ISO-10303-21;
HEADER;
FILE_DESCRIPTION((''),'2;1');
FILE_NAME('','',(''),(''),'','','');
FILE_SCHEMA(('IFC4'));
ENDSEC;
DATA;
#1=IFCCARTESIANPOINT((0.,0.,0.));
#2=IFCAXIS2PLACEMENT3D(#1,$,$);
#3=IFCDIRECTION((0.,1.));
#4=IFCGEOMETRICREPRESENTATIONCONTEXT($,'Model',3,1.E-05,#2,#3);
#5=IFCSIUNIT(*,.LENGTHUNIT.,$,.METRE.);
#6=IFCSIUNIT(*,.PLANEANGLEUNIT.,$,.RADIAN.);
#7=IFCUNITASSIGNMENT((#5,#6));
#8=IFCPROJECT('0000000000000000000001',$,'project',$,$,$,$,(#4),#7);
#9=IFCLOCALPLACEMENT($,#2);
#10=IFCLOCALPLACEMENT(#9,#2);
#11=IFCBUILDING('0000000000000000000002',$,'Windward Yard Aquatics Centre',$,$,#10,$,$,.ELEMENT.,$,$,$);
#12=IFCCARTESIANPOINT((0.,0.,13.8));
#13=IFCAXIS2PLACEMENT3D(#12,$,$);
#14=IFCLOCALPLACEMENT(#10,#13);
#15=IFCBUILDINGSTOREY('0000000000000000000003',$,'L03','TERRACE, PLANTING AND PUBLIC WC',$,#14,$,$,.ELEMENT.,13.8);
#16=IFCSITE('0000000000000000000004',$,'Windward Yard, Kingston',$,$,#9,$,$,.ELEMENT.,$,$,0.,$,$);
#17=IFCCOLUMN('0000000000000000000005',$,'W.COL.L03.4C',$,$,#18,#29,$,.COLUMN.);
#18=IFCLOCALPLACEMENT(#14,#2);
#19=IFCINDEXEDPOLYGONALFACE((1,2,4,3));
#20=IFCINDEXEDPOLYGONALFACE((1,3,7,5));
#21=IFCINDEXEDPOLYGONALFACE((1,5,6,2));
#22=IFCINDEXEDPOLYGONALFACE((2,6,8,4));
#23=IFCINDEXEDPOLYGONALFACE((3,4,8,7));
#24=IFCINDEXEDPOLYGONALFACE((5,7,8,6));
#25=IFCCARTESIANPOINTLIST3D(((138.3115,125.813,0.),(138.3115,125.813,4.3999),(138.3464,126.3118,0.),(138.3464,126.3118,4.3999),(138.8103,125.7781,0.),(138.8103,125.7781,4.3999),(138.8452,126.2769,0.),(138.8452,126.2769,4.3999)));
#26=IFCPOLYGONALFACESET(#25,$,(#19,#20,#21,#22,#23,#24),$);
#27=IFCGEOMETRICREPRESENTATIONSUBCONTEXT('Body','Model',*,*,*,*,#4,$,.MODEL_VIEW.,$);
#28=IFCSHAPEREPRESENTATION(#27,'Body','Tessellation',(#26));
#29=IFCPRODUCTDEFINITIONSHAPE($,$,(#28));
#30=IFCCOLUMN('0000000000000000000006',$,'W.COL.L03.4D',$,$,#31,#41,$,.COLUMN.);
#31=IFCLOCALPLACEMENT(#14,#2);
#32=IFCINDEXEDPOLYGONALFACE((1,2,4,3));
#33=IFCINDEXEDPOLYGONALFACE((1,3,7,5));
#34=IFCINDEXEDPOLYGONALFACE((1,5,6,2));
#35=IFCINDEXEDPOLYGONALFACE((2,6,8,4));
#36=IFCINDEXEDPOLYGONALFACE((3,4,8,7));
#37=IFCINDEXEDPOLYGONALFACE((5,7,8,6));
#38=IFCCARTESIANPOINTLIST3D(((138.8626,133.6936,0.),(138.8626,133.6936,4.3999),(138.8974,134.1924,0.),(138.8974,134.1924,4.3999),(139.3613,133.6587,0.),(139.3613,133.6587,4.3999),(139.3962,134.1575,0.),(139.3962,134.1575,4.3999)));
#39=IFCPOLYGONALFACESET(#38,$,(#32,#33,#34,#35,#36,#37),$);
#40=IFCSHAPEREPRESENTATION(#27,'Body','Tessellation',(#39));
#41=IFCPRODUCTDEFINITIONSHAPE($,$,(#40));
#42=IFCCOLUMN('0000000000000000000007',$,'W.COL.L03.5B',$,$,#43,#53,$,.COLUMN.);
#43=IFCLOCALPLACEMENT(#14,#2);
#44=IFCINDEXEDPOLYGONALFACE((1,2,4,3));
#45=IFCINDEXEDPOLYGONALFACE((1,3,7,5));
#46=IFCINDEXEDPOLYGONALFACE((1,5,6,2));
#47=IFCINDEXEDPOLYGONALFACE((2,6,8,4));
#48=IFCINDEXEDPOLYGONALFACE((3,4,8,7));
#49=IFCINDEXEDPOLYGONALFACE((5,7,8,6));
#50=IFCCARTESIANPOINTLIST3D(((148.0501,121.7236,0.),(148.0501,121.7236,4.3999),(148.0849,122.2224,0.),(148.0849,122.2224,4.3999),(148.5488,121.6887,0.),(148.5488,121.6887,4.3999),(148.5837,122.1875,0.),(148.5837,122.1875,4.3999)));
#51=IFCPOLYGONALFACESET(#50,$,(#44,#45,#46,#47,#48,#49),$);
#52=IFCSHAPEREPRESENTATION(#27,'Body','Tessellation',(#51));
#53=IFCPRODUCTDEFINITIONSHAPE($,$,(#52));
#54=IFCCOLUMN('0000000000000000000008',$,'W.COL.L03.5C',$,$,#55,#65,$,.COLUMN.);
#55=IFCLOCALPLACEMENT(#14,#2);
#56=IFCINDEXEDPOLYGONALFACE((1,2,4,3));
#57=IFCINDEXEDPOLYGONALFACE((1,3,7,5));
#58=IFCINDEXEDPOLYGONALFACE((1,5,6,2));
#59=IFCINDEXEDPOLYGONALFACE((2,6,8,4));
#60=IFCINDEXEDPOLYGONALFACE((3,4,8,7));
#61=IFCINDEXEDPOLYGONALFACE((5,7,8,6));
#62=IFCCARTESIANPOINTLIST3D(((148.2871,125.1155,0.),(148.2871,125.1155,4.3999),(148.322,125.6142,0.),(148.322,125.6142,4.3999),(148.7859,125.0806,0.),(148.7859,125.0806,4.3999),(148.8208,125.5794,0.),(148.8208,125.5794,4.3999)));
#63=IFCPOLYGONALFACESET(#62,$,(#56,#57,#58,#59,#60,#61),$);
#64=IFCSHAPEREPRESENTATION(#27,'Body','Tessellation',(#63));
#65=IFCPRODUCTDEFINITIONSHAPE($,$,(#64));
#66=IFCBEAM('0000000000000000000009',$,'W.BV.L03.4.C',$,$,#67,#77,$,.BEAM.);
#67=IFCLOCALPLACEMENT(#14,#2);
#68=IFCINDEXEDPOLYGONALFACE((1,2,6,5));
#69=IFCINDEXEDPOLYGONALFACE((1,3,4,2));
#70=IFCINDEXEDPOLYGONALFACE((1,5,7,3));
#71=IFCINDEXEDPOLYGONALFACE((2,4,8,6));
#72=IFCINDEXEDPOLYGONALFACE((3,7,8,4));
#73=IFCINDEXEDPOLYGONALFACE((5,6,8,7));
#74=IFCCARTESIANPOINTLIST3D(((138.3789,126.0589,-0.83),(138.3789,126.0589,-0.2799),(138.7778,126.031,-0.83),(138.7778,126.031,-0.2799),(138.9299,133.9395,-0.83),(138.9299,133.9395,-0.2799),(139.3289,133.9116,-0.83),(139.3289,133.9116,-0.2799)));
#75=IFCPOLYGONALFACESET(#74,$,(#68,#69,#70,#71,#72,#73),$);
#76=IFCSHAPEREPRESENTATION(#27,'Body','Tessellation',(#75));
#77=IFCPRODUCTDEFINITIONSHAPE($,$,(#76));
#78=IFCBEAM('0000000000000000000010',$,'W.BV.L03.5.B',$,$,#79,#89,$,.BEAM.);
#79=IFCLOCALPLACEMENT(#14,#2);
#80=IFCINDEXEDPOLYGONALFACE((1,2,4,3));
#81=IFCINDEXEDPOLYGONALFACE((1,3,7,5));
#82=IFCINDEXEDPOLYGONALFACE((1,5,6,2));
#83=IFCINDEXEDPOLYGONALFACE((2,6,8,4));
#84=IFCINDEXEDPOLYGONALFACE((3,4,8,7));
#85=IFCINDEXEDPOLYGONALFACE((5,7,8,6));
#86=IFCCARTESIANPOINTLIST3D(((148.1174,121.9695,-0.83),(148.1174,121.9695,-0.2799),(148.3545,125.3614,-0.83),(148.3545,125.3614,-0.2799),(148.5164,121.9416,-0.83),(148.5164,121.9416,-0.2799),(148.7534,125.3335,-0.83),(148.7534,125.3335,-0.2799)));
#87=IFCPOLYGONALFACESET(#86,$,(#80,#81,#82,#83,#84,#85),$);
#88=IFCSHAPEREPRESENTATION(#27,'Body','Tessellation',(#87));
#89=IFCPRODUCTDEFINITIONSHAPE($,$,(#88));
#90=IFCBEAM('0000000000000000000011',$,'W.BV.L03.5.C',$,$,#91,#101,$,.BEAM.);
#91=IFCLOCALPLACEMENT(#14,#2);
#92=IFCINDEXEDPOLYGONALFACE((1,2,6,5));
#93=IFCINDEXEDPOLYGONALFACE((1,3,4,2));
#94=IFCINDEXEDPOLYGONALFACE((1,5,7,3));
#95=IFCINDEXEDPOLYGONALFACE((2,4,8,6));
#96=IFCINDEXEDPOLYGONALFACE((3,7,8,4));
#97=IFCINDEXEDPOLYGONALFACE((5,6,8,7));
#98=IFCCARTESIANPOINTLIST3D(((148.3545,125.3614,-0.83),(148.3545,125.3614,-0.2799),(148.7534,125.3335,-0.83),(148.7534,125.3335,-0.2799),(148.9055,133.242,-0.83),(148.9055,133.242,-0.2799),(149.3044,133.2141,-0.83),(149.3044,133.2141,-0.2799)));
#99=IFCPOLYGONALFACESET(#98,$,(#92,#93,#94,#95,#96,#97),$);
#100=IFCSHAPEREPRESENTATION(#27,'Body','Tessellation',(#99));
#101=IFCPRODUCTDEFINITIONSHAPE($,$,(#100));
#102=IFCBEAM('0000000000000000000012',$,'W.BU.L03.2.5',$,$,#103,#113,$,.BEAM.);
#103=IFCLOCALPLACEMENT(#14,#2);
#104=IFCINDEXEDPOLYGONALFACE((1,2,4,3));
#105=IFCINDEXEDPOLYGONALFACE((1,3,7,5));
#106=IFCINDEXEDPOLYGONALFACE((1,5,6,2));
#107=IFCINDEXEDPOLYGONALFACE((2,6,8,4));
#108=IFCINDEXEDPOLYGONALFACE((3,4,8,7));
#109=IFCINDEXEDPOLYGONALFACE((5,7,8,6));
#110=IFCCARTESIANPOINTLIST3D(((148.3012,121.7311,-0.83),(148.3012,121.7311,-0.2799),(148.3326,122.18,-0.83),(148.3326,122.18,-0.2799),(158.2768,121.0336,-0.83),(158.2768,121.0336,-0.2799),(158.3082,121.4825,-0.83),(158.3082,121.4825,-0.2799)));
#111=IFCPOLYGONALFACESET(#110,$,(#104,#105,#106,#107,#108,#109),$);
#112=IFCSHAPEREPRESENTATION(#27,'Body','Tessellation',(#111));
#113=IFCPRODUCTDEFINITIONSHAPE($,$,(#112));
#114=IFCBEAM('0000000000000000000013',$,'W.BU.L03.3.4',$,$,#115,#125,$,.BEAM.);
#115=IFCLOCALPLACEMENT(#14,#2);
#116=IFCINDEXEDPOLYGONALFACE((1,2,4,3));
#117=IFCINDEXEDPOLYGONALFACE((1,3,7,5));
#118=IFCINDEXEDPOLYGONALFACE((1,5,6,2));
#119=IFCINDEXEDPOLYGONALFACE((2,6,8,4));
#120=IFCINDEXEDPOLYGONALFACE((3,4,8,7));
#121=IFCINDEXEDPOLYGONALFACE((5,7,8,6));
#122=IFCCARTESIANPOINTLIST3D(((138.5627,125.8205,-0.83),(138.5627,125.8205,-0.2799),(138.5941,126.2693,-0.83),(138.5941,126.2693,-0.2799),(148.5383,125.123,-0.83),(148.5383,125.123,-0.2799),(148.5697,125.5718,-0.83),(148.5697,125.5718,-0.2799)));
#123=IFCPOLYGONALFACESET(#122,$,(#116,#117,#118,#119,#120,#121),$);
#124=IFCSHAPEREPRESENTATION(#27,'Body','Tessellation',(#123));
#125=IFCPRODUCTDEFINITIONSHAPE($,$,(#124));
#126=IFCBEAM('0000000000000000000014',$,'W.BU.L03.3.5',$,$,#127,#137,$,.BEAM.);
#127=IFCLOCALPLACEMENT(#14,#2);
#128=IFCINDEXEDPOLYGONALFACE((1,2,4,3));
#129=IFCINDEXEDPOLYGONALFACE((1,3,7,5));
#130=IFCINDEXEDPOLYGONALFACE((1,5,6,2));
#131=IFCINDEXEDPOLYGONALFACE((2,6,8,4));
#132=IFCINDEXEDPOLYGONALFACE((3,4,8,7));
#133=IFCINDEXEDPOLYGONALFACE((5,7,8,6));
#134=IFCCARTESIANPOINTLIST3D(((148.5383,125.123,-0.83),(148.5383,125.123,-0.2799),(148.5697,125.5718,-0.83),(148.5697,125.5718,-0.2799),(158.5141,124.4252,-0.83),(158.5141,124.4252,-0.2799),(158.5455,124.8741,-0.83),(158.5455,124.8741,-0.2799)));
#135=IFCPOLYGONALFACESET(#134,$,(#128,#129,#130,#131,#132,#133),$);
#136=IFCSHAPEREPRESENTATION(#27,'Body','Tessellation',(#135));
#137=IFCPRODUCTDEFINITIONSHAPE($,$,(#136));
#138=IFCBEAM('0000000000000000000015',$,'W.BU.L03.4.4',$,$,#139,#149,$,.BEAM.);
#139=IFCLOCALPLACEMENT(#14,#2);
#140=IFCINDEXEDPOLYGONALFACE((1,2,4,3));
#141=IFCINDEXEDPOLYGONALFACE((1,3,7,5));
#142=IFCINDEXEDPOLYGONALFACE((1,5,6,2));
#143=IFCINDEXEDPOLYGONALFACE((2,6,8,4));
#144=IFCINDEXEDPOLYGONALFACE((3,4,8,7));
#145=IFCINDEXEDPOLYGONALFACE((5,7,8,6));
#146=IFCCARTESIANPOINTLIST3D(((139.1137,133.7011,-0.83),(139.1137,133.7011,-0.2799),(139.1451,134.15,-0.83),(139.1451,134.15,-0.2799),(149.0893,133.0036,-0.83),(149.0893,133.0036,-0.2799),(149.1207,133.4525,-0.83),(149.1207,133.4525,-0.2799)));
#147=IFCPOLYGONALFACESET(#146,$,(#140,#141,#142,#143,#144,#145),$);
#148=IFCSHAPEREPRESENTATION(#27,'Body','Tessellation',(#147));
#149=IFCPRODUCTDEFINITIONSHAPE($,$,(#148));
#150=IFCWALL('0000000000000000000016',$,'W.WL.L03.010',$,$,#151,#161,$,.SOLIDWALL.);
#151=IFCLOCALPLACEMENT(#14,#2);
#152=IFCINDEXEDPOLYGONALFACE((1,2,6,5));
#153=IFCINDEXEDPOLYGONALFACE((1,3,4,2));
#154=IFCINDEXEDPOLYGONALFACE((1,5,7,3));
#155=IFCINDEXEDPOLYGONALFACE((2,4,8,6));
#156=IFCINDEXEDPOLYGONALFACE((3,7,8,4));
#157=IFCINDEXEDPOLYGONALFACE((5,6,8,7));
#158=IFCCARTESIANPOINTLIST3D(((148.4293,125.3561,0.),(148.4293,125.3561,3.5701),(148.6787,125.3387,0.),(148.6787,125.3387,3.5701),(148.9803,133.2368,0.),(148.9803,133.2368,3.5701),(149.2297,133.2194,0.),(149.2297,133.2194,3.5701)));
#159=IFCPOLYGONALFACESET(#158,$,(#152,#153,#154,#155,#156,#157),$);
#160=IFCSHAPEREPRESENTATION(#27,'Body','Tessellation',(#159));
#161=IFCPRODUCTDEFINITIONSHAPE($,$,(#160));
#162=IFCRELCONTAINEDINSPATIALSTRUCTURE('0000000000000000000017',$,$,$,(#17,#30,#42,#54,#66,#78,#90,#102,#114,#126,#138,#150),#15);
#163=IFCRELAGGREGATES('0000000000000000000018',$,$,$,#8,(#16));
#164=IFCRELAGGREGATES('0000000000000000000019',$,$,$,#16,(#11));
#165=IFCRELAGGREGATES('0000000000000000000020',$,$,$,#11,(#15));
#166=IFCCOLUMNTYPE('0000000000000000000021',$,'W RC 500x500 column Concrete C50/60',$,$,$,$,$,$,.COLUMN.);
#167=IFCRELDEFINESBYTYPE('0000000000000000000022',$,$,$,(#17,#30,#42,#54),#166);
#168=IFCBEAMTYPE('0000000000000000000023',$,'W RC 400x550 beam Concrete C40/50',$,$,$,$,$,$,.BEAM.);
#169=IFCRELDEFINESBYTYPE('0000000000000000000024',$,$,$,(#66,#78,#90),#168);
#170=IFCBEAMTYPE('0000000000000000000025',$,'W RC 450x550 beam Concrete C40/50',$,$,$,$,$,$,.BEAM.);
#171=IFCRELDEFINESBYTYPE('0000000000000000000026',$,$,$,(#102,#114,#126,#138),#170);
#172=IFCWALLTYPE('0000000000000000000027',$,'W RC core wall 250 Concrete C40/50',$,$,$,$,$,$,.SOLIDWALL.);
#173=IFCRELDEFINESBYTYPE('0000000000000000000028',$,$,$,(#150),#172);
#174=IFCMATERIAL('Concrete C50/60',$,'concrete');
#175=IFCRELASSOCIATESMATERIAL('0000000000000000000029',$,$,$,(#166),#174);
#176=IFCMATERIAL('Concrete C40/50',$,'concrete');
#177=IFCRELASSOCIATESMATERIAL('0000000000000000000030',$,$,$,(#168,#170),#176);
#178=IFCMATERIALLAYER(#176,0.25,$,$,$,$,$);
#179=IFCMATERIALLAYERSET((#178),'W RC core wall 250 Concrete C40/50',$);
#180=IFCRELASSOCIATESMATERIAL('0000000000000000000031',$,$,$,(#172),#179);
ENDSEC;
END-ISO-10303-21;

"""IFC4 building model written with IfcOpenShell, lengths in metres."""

from ifc_helpers import new_model, si_unit, direction, frame, frame_2d, origin, origin_2d, place, context, subcontext, project, spatial, rectangle, extrude, material, layer, layer_set, material_profile, profile_set, type_object, element, save


model = new_model("IFC4")

# Units and contexts
model_context = context("Model", 3, precision=1e-05, world=origin(), true_north=direction((0.0, 1.0)))
body_context = subcontext(model_context, "Body", "Model", "MODEL_VIEW")
ifc_project = project(units=[si_unit("LENGTHUNIT", "METRE"), si_unit("PLANEANGLEUNIT", "RADIAN")], contexts=[model_context])

# Site, building, storey
site_placement = place(None, origin())
site = spatial("IfcSite", under=ifc_project, at=site_placement, Name="Windward Yard, Kingston", CompositionType="ELEMENT", RefElevation=0.0)
building_placement = place(site_placement, origin())
building = spatial("IfcBuilding", under=site, at=building_placement, Name="Windward Yard Aquatics Centre", CompositionType="ELEMENT")
storey_placement = place(building_placement, frame((0.0, 0.0, 13.8)))
storey = spatial("IfcBuildingStorey", under=building, at=storey_placement, Name="L03", Description="TERRACE, PLANTING AND PUBLIC WC", CompositionType="ELEMENT", Elevation=13.8)

# Columns
ifc_material_1 = material(Name="Concrete C50/60", Category="concrete")
ifc_material_profile_1 = material_profile(ifc_material_1, rectangle(XDim=0.5, YDim=0.5, at=origin_2d()), Name="RC 500x500")
ifc_profile_set_1 = profile_set([ifc_material_profile_1], Name="Concrete C50/60")
column_type = type_object("IfcColumnType", Name="W RC 500x500 column Concrete C50/60", PredefinedType="COLUMN", material=ifc_profile_set_1)
for number, where, z_axis, x_axis, name in (
    (1, (138.5784, 126.0449, 0.0), (0.0, 0.0, 1.0), (0.997564, -0.069756, 0.0), "W.COL.L03.4C"),
    (2, (139.1294, 133.9255, 0.0), (0.0, 0.0, 1.0), (0.997564, -0.069756, 0.0), "W.COL.L03.4D"),
    (3, (148.3169, 121.9556, 0.0), (0.0, 0.0, 1.0), (0.997564, -0.069756, 0.0), "W.COL.L03.5B"),
    (4, (148.554, 125.3474, 0.0), (0.0, 0.0, 1.0), (0.997564, -0.069756, 0.0), "W.COL.L03.5C"),
):
    element("IfcColumn", number, at=place(storey_placement, frame(where, z_axis=z_axis, x_axis=x_axis)), inside=storey, type_object=column_type, Name=name, PredefinedType="COLUMN", context=body_context, shape_type="SweptSolid", body=[
        extrude(rectangle(XDim=0.5, YDim=0.5, at=origin_2d()), origin(), (0.0, 0.0, 1.0), 4.3999),
    ])

# Beams
ifc_material_2 = material(Name="Concrete C40/50", Category="concrete")
ifc_material_profile_2 = material_profile(ifc_material_2, rectangle(XDim=0.3999, YDim=0.55, at=origin_2d()), Name="RC 400x550")
ifc_profile_set_2 = profile_set([ifc_material_profile_2], Name="Concrete C40/50")
beam_type_1 = type_object("IfcBeamType", Name="W RC 400x550 beam Concrete C40/50", PredefinedType="BEAM", material=ifc_profile_set_2)
beam_1_placement = place(storey_placement, frame((138.5784, 126.0449, -0.5549), z_axis=(0.069751, 0.997564, 0.0), x_axis=(-0.997564, 0.069751, 0.0)))
element("IfcBeam", 5, at=beam_1_placement, inside=storey, type_object=beam_type_1, Name="W.BV.L03.4.C", PredefinedType="BEAM", context=body_context, shape_type="SweptSolid", body=[
    extrude(rectangle(XDim=0.3999, YDim=0.55, at=origin_2d()), origin(), (0.0, 0.0, 1.0), 7.8999),
])
beam_2_placement = place(storey_placement, frame((148.3169, 121.9556, -0.5549), z_axis=(0.069721, 0.997567, 0.0), x_axis=(-0.997567, 0.069721, 0.0)))
element("IfcBeam", 6, at=beam_2_placement, inside=storey, type_object=beam_type_1, Name="W.BV.L03.5.B", PredefinedType="BEAM", context=body_context, shape_type="SweptSolid", body=[
    extrude(rectangle(XDim=0.3999, YDim=0.55, at=origin_2d()), origin(), (0.0, 0.0, 1.0), 3.4001),
])
beam_3_placement = place(storey_placement, frame((148.554, 125.3474, -0.5549), z_axis=(0.069751, 0.997564, 0.0), x_axis=(-0.997564, 0.069751, 0.0)))
element("IfcBeam", 7, at=beam_3_placement, inside=storey, type_object=beam_type_1, Name="W.BV.L03.5.C", PredefinedType="BEAM", context=body_context, shape_type="SweptSolid", body=[
    extrude(rectangle(XDim=0.3999, YDim=0.55, at=origin_2d()), origin(), (0.0, 0.0, 1.0), 7.8999),
])
ifc_material_profile_3 = material_profile(ifc_material_2, rectangle(XDim=0.45, YDim=0.55, at=origin_2d()), Name="RC 450x550")
ifc_profile_set_3 = profile_set([ifc_material_profile_3], Name="Concrete C40/50")
beam_type_2 = type_object("IfcBeamType", Name="W RC 450x550 beam Concrete C40/50", PredefinedType="BEAM", material=ifc_profile_set_3)
for number, where, z_axis, x_axis, name in (
    (8, (148.3169, 121.9556, -0.5549), (0.997564, -0.069751, 0.0), (0.069751, 0.997564, 0.0), "W.BU.L03.2.5"),
    (9, (138.5784, 126.0449, -0.5549), (0.997564, -0.069751, 0.0), (0.069751, 0.997564, 0.0), "W.BU.L03.3.4"),
):
    element("IfcBeam", number, at=place(storey_placement, frame(where, z_axis=z_axis, x_axis=x_axis)), inside=storey, type_object=beam_type_2, Name=name, PredefinedType="BEAM", context=body_context, shape_type="SweptSolid", body=[
        extrude(rectangle(XDim=0.45, YDim=0.55, at=origin_2d()), origin(), (0.0, 0.0, 1.0), 10.0),
    ])
beam_4_placement = place(storey_placement, frame((148.554, 125.3474, -0.5549), z_axis=(0.997563, -0.069774, 0.0), x_axis=(0.069774, 0.997563, 0.0)))
element("IfcBeam", 10, at=beam_4_placement, inside=storey, type_object=beam_type_2, Name="W.BU.L03.3.5", PredefinedType="BEAM", context=body_context, shape_type="SweptSolid", body=[
    extrude(rectangle(XDim=0.45, YDim=0.55, at=origin_2d()), origin(), (0.0, 0.0, 1.0), 10.0002),
])
beam_5_placement = place(storey_placement, frame((139.1294, 133.9255, -0.5549), z_axis=(0.997564, -0.069751, 0.0), x_axis=(0.069751, 0.997564, 0.0)))
element("IfcBeam", 11, at=beam_5_placement, inside=storey, type_object=beam_type_2, Name="W.BU.L03.4.4", PredefinedType="BEAM", context=body_context, shape_type="SweptSolid", body=[
    extrude(rectangle(XDim=0.45, YDim=0.55, at=origin_2d()), origin(), (0.0, 0.0, 1.0), 10.0),
])

# Wall
ifc_layer_1 = layer(ifc_material_2, 0.25)
ifc_layer_set_1 = layer_set([ifc_layer_1], Name="W RC core wall 250 Concrete C40/50")
wall_type_1 = type_object("IfcWallType", Name="W RC core wall 250 Concrete C40/50", PredefinedType="SOLIDWALL", material=ifc_layer_set_1)
wall_1_placement = place(storey_placement, frame((148.554, 125.3474, 0.0), z_axis=(0.0, 0.0, 1.0), x_axis=(0.069751, 0.997564, 0.0)))
element("IfcWall", 12, at=wall_1_placement, inside=storey, type_object=wall_type_1, Name="W.WL.L03.010", PredefinedType="SOLIDWALL", context=body_context, shape_type="SweptSolid", body=[
    extrude(rectangle(XDim=7.8999, YDim=0.25, at=frame_2d((3.95, 0.0))), origin(), (0.0, 0.0, 1.0), 3.5701),
])

save(model, "model.ifc")
